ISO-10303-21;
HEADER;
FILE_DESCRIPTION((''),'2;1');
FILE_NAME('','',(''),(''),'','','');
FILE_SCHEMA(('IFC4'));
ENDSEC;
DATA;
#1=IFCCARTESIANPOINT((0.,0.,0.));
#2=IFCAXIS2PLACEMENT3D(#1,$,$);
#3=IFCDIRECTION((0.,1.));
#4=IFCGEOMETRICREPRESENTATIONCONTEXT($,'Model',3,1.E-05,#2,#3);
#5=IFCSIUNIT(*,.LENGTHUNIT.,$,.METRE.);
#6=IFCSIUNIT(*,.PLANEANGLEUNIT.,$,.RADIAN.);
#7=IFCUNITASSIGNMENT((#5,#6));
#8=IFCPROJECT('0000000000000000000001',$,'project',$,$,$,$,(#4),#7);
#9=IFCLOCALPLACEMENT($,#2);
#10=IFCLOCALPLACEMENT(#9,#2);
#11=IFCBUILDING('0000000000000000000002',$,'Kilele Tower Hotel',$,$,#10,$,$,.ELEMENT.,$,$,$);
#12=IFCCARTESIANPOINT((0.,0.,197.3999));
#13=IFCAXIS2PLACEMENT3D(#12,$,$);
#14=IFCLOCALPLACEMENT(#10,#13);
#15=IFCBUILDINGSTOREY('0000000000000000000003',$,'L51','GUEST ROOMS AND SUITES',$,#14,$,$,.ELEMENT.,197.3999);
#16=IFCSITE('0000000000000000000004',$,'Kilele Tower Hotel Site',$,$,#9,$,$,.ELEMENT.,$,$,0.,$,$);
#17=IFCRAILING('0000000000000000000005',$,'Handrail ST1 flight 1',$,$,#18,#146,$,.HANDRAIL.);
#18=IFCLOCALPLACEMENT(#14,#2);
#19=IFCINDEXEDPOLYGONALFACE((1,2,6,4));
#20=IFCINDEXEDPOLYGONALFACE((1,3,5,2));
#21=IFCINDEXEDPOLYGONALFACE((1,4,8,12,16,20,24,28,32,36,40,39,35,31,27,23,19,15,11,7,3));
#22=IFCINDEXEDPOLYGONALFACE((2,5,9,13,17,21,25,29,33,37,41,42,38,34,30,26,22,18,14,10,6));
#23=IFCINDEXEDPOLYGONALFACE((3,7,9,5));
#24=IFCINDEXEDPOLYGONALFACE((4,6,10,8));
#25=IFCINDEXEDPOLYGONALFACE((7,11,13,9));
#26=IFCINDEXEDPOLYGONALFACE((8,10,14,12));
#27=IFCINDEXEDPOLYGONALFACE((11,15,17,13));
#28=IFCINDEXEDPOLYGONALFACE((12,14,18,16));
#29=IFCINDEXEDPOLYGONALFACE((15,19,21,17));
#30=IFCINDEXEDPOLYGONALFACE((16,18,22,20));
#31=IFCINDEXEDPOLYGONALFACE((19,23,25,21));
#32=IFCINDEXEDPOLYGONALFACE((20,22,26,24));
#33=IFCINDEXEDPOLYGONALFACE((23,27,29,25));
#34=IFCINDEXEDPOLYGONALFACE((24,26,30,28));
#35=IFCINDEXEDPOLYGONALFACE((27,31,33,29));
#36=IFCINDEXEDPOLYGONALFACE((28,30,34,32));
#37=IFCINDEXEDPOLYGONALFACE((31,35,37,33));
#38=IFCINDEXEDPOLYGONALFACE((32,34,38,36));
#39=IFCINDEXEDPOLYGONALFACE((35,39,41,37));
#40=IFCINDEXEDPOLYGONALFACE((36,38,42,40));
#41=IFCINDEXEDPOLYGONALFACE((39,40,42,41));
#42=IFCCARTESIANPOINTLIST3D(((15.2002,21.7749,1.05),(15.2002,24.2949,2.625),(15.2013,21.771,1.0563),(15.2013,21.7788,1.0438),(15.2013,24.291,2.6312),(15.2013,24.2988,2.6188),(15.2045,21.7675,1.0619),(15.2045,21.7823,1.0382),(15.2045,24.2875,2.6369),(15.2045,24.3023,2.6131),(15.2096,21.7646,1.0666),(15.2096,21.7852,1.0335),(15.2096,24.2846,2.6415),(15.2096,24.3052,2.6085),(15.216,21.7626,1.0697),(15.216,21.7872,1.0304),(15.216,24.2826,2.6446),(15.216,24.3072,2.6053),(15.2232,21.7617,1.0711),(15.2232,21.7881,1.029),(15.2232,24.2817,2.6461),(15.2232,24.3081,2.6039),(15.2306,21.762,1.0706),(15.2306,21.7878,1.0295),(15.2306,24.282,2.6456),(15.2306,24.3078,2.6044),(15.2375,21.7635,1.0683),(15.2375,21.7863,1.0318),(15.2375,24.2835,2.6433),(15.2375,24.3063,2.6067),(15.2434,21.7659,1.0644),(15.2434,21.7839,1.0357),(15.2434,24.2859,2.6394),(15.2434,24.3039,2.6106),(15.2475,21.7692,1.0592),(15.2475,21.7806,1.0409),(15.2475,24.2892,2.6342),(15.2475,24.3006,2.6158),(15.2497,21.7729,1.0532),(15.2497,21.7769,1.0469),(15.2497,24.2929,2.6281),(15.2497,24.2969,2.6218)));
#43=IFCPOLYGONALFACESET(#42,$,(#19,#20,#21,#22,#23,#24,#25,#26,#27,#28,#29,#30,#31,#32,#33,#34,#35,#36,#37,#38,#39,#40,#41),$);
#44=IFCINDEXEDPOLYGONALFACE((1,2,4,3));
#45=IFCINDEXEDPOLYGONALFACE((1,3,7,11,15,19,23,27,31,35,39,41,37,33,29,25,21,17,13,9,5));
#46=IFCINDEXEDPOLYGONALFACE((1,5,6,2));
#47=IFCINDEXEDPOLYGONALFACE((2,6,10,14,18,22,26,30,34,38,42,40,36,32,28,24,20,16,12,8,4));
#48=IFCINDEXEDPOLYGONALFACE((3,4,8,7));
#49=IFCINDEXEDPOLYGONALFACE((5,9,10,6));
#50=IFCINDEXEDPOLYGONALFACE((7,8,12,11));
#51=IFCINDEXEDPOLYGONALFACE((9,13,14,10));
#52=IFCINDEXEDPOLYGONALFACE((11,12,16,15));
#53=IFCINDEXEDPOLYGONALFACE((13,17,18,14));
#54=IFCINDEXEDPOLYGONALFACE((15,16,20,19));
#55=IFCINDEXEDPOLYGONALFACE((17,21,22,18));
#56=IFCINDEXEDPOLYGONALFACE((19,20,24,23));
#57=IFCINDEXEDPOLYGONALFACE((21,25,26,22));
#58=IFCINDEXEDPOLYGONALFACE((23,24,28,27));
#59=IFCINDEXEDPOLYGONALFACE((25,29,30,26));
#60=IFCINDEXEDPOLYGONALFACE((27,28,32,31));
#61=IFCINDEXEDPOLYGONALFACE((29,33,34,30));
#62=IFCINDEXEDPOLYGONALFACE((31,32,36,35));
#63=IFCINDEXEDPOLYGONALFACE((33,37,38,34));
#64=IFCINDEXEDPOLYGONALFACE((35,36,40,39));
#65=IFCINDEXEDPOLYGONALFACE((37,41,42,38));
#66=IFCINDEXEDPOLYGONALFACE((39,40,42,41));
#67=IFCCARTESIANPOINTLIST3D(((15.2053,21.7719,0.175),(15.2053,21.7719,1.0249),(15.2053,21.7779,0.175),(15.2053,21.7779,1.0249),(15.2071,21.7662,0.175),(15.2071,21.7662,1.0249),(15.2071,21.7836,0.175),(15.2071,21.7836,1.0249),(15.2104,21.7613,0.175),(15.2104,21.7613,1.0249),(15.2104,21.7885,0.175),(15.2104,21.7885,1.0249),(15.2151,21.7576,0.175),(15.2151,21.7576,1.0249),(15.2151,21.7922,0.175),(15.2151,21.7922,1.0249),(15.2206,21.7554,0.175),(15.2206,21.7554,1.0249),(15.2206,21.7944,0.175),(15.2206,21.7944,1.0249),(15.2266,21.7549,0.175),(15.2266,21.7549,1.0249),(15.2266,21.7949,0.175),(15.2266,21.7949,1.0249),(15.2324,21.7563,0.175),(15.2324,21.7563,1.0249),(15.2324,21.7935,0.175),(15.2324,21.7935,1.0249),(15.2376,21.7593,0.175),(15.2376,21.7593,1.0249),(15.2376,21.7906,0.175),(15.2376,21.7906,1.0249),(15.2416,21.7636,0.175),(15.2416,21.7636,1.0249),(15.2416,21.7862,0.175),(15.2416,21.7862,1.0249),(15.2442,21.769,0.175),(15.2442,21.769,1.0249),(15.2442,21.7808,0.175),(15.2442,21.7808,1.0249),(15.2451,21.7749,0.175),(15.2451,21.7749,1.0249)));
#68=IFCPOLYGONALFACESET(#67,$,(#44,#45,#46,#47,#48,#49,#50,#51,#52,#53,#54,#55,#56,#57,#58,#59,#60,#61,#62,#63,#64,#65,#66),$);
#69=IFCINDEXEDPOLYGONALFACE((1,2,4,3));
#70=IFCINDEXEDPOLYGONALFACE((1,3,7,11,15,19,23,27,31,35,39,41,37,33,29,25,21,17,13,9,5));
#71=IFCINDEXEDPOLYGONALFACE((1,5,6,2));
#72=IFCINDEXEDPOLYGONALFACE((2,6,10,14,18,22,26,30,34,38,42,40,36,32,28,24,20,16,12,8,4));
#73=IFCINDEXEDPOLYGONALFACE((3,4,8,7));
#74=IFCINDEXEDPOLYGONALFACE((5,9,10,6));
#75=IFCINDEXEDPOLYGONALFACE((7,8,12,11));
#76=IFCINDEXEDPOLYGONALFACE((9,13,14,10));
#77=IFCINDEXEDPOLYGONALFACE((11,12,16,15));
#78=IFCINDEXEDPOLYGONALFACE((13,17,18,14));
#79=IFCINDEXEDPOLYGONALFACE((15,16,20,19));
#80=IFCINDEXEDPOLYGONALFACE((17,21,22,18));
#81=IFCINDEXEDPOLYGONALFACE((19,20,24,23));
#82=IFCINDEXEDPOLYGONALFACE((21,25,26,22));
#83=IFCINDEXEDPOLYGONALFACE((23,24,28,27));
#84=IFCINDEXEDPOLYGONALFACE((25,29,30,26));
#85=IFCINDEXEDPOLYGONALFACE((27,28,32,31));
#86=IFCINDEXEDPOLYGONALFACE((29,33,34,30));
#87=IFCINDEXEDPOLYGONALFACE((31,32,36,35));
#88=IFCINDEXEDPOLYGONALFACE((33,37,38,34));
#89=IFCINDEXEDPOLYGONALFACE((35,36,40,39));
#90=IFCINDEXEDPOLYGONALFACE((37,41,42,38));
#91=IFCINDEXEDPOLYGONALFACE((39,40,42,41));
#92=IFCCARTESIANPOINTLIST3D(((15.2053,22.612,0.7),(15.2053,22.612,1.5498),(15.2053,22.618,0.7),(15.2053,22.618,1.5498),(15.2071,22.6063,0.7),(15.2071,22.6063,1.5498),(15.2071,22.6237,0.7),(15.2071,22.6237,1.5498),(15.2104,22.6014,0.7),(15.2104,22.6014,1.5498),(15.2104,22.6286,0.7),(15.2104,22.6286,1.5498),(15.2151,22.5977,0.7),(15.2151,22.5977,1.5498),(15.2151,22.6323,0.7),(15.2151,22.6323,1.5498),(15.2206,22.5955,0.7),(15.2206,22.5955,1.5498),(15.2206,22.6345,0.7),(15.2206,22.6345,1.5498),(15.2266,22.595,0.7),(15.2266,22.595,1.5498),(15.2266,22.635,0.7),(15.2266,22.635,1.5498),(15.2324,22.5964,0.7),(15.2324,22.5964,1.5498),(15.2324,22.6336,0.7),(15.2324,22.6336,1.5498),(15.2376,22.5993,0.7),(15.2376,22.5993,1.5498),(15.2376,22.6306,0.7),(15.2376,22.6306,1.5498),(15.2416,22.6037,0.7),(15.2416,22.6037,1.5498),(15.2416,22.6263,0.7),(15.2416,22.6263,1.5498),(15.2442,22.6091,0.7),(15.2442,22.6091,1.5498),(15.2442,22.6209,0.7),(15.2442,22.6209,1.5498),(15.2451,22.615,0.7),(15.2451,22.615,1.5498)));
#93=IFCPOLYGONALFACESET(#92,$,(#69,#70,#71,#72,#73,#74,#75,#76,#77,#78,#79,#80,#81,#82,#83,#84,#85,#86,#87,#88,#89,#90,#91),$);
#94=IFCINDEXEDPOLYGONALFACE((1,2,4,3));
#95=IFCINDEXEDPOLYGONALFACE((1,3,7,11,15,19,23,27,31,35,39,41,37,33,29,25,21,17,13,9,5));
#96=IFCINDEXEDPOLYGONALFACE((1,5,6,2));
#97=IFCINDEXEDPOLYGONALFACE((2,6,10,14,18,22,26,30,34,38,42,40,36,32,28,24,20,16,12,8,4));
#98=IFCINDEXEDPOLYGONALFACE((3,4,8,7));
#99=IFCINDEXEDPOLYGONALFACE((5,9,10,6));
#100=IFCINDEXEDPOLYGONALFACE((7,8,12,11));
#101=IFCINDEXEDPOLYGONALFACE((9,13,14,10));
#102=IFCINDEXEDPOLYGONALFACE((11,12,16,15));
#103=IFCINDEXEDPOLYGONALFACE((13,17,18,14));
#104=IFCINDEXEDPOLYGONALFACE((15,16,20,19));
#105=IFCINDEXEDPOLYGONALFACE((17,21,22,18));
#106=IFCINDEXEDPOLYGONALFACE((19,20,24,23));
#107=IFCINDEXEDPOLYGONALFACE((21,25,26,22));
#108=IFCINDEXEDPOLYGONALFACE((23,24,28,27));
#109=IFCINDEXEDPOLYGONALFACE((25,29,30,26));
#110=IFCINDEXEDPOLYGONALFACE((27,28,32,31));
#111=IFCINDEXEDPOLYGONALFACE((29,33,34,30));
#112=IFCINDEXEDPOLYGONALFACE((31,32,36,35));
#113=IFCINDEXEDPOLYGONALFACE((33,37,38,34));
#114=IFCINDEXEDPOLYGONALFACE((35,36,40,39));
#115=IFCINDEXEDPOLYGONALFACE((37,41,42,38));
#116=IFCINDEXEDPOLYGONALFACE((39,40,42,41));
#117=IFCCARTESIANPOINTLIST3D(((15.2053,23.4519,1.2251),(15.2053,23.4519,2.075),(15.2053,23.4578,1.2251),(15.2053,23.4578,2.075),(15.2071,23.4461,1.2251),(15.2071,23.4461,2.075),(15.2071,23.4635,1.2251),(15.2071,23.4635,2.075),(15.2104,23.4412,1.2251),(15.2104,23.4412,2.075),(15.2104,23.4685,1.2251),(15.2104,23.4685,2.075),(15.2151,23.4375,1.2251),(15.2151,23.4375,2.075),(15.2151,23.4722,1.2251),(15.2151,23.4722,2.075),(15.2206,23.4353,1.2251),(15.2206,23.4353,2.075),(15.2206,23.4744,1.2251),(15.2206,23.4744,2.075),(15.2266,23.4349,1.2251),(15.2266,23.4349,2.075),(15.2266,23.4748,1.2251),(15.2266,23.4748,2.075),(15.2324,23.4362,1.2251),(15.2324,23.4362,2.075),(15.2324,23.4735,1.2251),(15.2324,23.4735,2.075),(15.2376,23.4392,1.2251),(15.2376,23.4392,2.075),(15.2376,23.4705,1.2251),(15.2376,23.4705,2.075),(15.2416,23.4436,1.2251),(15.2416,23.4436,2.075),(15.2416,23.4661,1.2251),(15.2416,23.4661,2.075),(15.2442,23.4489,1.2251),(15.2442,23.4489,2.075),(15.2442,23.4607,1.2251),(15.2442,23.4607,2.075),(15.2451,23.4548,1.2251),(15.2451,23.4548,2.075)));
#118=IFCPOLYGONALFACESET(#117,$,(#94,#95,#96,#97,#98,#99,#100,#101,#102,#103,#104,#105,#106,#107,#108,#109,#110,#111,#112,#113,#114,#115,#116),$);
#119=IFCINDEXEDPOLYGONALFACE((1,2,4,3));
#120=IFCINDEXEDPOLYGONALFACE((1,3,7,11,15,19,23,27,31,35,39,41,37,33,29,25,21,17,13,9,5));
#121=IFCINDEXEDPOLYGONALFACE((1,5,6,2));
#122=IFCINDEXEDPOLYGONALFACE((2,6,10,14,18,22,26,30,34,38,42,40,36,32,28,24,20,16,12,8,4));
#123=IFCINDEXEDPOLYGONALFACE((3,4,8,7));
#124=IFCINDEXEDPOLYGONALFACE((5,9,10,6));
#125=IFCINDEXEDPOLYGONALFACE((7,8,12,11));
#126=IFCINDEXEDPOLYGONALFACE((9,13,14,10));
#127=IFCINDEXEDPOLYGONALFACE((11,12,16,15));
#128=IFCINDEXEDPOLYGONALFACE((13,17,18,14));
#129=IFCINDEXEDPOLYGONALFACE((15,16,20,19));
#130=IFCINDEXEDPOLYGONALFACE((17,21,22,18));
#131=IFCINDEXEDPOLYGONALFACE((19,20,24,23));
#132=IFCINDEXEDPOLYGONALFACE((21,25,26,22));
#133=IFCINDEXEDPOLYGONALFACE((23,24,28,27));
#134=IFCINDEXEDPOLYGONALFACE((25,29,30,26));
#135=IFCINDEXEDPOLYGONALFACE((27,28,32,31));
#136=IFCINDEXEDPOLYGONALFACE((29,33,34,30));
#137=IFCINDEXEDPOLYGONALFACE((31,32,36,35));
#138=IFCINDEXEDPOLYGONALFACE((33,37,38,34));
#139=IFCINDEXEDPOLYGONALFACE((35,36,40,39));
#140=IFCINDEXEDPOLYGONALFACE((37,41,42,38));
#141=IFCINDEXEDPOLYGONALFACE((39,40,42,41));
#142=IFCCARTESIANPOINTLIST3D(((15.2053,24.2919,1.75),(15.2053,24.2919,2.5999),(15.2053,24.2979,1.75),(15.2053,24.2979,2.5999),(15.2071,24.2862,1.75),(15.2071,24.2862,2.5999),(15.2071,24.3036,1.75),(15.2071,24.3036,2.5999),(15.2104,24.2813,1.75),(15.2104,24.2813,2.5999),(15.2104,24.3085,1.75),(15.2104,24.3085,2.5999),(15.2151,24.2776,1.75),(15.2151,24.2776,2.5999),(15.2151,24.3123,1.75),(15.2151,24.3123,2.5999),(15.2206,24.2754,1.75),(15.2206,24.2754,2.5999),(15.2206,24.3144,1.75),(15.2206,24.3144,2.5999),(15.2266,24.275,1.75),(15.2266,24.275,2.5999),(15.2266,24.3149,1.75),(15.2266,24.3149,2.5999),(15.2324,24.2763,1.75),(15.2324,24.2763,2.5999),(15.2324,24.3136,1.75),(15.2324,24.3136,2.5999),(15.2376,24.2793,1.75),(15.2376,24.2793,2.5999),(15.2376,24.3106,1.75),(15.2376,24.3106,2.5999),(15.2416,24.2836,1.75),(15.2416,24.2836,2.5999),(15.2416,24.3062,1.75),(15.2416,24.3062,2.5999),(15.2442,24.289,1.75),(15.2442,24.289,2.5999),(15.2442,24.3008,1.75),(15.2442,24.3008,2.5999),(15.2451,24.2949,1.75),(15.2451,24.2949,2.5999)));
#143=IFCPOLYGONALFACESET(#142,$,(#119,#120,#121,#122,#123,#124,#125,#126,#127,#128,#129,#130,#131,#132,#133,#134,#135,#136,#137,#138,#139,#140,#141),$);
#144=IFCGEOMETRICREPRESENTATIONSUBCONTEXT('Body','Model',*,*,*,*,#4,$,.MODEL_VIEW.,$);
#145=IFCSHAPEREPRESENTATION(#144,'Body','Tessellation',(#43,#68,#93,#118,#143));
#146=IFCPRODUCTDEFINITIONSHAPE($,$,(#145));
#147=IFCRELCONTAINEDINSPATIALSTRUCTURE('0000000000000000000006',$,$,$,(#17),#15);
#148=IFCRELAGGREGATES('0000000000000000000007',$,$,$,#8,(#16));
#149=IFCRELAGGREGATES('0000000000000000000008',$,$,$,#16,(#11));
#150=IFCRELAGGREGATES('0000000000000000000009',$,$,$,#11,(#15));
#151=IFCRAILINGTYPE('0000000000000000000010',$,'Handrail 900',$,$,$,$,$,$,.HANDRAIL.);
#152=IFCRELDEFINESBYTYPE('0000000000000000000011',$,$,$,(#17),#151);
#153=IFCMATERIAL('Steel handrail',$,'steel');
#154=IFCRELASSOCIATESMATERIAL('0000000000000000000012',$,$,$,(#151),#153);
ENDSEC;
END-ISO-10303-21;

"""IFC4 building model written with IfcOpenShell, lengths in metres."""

from ifc_helpers import new_model, si_unit, direction, frame, origin, origin_2d, place, context, subcontext, project, spatial, circle, extrude, material, type_object, element, save


model = new_model("IFC4")

# Units and contexts
model_context = context("Model", 3, precision=1e-05, world=origin(), true_north=direction((0.0, 1.0)))
body_context = subcontext(model_context, "Body", "Model", "MODEL_VIEW")
ifc_project = project(units=[si_unit("LENGTHUNIT", "METRE"), si_unit("PLANEANGLEUNIT", "RADIAN")], contexts=[model_context])

# Site, building, storey
site_placement = place(None, origin())
site = spatial("IfcSite", under=ifc_project, at=site_placement, Name="Kilele Tower Hotel Site", CompositionType="ELEMENT", RefElevation=0.0)
building_placement = place(site_placement, origin())
building = spatial("IfcBuilding", under=site, at=building_placement, Name="Kilele Tower Hotel", CompositionType="ELEMENT")
storey_placement = place(building_placement, frame((0.0, 0.0, 197.3999)))
storey = spatial("IfcBuildingStorey", under=building, at=storey_placement, Name="L51", Description="GUEST ROOMS AND SUITES", CompositionType="ELEMENT", Elevation=197.3999)

# Railing
ifc_material_1 = material(Name="Steel handrail", Category="steel")
railing_type_1 = type_object("IfcRailingType", Name="Handrail 900", PredefinedType="HANDRAIL", material=ifc_material_1)
for number, where, name in (
    (1, (15.2251, 21.7749, 0.175), "Handrail ST1 flight 1"),
):
    element("IfcRailing", number, at=place(storey_placement, frame(where)), inside=storey, type_object=railing_type_1, Name=name, PredefinedType="HANDRAIL", context=body_context, shape_type="SweptSolid", body=[
        extrude(circle(Radius=0.0249, at=origin_2d()), frame((0.0, 0.0, 0.875), z_axis=(0.0, 0.848008, 0.529984), x_axis=(-1.0, 0.0, 0.0)), (0.0, 0.0, 1.0), 2.9717),
        extrude(circle(Radius=0.02, at=origin_2d()), origin(), (0.0, 0.0, 1.0), 0.8499),
        extrude(circle(Radius=0.02, at=origin_2d()), frame((0.0, 0.8401, 0.5249)), (0.0, 0.0, 1.0), 0.8499),
        extrude(circle(Radius=0.02, at=origin_2d()), frame((0.0, 1.6799, 1.05)), (0.0, 0.0, 1.0), 0.8499),
        extrude(circle(Radius=0.02, at=origin_2d()), frame((0.0, 2.52, 1.575)), (0.0, 0.0, 1.0), 0.8499),
    ])

save(model, "model.ifc")
